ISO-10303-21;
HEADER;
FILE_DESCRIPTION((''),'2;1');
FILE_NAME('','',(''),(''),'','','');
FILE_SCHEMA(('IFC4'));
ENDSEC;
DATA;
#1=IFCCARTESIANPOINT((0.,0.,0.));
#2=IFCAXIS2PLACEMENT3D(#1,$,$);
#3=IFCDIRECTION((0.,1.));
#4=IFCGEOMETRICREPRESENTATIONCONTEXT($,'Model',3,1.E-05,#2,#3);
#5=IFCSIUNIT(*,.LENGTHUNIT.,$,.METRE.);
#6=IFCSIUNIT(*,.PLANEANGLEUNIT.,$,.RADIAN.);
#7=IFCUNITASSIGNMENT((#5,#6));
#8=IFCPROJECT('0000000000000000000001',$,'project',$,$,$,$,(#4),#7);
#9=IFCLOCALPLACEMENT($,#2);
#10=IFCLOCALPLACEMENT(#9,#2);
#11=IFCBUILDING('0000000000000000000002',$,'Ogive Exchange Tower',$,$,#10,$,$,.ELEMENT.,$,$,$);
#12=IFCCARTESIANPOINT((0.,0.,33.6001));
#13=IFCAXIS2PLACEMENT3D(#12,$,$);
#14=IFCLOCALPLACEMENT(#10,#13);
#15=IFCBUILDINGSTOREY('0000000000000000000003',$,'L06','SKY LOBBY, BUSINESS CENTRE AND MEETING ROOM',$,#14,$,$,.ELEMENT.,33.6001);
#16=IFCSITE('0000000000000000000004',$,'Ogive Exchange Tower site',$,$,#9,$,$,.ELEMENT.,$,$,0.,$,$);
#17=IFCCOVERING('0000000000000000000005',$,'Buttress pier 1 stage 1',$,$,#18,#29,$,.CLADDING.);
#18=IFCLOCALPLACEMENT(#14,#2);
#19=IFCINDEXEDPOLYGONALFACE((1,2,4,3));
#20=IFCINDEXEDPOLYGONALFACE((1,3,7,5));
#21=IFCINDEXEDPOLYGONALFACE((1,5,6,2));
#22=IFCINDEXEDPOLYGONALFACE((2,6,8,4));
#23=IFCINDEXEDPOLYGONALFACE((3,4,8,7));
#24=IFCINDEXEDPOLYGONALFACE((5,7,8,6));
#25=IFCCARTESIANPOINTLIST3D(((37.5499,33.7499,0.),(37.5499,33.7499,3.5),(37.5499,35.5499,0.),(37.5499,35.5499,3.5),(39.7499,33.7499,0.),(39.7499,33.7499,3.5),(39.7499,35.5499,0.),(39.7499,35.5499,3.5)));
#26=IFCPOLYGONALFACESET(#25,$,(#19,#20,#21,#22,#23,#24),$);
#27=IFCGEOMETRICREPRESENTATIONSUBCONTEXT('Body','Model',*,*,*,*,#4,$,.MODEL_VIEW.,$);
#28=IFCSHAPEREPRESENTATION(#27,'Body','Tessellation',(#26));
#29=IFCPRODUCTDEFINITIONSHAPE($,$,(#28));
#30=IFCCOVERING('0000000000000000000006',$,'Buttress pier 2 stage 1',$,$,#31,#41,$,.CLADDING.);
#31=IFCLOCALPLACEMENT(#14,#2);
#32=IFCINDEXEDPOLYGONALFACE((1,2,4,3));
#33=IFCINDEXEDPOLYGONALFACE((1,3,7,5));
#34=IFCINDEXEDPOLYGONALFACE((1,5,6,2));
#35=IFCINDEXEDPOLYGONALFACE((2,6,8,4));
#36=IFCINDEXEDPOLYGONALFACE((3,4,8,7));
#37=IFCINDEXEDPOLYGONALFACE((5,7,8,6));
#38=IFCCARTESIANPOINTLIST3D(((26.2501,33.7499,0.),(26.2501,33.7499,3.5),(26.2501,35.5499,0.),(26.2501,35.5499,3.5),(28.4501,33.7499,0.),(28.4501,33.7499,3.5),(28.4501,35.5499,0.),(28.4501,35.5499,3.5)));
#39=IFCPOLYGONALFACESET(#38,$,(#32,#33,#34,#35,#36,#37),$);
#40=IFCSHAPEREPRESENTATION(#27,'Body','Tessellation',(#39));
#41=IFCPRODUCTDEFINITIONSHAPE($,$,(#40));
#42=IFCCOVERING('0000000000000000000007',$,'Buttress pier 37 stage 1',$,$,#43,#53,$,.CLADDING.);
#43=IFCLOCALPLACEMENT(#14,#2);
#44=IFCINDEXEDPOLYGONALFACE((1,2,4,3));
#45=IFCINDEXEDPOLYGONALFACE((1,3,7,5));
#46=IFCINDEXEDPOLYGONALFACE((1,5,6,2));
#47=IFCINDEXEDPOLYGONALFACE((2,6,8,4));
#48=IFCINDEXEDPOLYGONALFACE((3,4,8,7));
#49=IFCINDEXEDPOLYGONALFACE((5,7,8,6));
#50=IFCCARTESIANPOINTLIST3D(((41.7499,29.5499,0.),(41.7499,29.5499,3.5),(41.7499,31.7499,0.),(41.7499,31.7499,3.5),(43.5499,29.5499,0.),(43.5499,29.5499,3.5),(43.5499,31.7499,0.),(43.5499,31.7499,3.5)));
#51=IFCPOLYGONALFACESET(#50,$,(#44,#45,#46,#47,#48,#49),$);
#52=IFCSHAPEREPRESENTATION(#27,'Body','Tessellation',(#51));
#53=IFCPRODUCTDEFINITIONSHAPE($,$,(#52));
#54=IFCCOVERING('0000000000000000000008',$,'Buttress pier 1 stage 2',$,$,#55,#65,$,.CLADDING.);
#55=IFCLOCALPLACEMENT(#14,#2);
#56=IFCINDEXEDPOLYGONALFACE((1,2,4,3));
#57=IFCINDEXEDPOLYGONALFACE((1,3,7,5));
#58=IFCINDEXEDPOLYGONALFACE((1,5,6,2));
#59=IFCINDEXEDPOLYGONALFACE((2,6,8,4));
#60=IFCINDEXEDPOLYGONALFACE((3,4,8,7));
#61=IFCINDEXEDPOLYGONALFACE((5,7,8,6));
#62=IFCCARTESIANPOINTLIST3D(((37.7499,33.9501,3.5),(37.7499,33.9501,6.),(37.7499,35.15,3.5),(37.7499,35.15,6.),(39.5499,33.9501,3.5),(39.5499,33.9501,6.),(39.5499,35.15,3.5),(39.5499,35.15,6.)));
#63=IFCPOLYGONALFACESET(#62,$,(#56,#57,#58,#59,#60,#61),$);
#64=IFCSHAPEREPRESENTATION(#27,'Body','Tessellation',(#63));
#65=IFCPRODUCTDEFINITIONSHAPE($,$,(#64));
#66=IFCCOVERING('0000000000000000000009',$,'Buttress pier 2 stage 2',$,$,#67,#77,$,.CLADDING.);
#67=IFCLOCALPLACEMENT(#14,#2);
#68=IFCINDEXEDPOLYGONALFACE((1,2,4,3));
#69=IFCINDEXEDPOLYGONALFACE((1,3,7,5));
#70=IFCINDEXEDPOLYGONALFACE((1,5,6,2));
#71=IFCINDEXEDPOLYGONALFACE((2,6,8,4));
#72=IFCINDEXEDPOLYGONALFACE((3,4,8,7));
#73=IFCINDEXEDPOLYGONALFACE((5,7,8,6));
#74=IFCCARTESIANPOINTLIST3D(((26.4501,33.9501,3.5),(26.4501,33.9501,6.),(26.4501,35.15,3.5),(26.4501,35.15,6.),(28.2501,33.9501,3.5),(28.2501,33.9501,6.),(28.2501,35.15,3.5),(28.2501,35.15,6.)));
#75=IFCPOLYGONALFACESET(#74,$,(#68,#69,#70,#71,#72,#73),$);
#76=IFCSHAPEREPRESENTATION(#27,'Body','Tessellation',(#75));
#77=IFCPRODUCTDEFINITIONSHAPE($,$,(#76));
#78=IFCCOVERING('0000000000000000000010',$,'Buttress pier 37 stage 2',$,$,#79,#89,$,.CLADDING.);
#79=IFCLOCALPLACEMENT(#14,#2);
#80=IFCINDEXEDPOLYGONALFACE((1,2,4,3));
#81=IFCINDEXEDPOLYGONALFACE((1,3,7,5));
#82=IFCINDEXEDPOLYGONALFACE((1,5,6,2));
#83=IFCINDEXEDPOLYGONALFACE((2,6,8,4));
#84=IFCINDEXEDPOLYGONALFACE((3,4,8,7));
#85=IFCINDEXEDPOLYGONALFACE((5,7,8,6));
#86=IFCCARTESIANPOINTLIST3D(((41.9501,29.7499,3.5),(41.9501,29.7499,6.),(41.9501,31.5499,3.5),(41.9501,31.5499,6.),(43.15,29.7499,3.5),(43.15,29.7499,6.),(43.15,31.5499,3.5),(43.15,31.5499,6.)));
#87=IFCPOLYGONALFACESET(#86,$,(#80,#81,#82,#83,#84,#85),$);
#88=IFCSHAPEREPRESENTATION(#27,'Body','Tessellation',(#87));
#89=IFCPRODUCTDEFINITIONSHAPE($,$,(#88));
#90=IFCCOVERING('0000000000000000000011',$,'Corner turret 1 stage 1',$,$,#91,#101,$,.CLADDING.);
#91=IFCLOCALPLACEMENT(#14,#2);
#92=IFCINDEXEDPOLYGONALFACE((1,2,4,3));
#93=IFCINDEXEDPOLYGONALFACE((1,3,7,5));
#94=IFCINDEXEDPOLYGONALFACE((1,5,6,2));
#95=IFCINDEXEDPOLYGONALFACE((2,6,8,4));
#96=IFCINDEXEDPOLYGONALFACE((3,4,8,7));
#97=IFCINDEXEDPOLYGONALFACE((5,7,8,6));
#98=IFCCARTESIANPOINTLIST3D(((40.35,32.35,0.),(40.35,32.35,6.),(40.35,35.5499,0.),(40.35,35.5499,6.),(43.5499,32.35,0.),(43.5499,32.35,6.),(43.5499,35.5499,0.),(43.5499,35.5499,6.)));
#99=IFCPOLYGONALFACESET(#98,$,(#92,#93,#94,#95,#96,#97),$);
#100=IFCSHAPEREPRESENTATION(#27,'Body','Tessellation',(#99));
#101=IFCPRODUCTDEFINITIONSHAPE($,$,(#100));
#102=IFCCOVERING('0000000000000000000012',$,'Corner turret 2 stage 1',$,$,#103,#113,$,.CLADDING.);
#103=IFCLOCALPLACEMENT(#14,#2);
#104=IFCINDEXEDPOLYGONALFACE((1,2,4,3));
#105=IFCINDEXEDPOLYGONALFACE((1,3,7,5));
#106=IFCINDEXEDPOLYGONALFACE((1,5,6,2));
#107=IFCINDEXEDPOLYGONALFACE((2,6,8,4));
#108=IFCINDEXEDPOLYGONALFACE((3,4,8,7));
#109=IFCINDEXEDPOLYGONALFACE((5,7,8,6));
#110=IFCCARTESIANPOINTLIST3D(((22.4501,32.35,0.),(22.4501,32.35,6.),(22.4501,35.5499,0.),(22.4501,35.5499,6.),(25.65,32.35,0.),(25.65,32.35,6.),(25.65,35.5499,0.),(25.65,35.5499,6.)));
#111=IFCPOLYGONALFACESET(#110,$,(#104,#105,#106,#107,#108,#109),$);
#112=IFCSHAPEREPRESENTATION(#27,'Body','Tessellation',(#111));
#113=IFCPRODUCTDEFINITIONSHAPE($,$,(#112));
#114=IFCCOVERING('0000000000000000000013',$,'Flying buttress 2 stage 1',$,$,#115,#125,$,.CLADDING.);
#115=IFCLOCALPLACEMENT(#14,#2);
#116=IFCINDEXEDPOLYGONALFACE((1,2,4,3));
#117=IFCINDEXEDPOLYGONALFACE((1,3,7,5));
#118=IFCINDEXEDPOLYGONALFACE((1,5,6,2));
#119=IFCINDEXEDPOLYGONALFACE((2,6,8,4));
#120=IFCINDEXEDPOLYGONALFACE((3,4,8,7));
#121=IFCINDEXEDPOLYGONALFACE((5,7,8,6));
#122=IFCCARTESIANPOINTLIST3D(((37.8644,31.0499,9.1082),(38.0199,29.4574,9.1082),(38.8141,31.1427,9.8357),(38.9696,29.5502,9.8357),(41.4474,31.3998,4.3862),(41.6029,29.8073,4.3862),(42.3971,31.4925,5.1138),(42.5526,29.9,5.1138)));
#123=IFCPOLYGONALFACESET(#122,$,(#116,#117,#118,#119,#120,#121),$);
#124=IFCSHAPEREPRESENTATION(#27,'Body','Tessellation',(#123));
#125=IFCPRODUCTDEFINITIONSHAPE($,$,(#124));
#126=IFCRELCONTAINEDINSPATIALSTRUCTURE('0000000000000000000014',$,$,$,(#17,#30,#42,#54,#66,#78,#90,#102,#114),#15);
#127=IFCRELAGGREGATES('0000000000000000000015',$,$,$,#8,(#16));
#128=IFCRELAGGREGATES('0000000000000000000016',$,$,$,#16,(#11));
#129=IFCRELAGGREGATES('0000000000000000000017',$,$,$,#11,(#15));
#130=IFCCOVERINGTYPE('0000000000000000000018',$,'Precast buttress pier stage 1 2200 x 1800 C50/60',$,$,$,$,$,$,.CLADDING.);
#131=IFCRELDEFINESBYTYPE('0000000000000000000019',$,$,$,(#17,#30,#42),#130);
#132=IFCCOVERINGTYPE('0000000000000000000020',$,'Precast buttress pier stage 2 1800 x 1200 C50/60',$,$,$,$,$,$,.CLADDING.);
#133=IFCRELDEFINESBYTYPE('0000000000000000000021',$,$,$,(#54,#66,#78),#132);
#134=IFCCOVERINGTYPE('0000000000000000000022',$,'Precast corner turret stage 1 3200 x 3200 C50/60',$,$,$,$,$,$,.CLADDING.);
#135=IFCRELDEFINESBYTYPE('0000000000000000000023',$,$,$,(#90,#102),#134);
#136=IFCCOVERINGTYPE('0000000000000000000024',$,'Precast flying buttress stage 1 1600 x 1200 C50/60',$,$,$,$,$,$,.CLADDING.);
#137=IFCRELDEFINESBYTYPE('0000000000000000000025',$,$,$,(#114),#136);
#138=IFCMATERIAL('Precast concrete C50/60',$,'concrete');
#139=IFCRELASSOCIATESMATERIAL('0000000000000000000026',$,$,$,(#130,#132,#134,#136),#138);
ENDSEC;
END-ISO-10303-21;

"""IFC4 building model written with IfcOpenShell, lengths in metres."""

from ifc_helpers import new_model, si_unit, direction, frame, origin, origin_2d, place, context, subcontext, project, spatial, rectangle, extrude, material, material_profile, profile_set, type_object, element, save


model = new_model("IFC4")

# Units and contexts
model_context = context("Model", 3, precision=1e-05, world=origin(), true_north=direction((0.0, 1.0)))
body_context = subcontext(model_context, "Body", "Model", "MODEL_VIEW")
ifc_project = project(units=[si_unit("LENGTHUNIT", "METRE"), si_unit("PLANEANGLEUNIT", "RADIAN")], contexts=[model_context])

# Site, building, storey
site_placement = place(None, origin())
site = spatial("IfcSite", under=ifc_project, at=site_placement, Name="Ogive Exchange Tower site", CompositionType="ELEMENT", RefElevation=0.0)
building_placement = place(site_placement, origin())
building = spatial("IfcBuilding", under=site, at=building_placement, Name="Ogive Exchange Tower", CompositionType="ELEMENT")
storey_placement = place(building_placement, frame((0.0, 0.0, 33.6001)))
storey = spatial("IfcBuildingStorey", under=building, at=storey_placement, Name="L06", Description="SKY LOBBY, BUSINESS CENTRE AND MEETING ROOM", CompositionType="ELEMENT", Elevation=33.6001)

# Coverings
ifc_material_1 = material(Name="Precast concrete C50/60", Category="concrete")
ifc_material_profile_1 = material_profile(ifc_material_1, rectangle(XDim=2.2, YDim=1.8, at=origin_2d()), Name="BUTTRESS PIER 1 2200 x 1800")
ifc_profile_set_1 = profile_set([ifc_material_profile_1], Name="Precast concrete C50/60")
covering_type_1 = type_object("IfcCoveringType", Name="Precast buttress pier stage 1 2200 x 1800 C50/60", PredefinedType="CLADDING", material=ifc_profile_set_1)
for number, where, z_axis, x_axis, name in (
    (1, (38.6499, 34.6499, 0.0), (0.0, 0.0, 1.0), (1.0, 0.0, 0.0), "Buttress pier 1 stage 1"),
    (2, (27.3501, 34.6499, 0.0), (0.0, 0.0, 1.0), (1.0, 0.0, 0.0), "Buttress pier 2 stage 1"),
    (3, (42.6499, 30.6499, 0.0), (0.0, 0.0, 1.0), (0.0, 1.0, 0.0), "Buttress pier 37 stage 1"),
):
    element("IfcCovering", number, at=place(storey_placement, frame(where, z_axis=z_axis, x_axis=x_axis)), inside=storey, type_object=covering_type_1, Name=name, PredefinedType="CLADDING", context=body_context, shape_type="SweptSolid", body=[
        extrude(rectangle(XDim=2.2, YDim=1.8, at=origin_2d()), origin(), (0.0, 0.0, 1.0), 3.5),
    ])
ifc_material_profile_2 = material_profile(ifc_material_1, rectangle(XDim=1.8, YDim=1.2, at=origin_2d()), Name="BUTTRESS PIER 2 1800 x 1200")
ifc_profile_set_2 = profile_set([ifc_material_profile_2], Name="Precast concrete C50/60")
covering_type_2 = type_object("IfcCoveringType", Name="Precast buttress pier stage 2 1800 x 1200 C50/60", PredefinedType="CLADDING", material=ifc_profile_set_2)
for number, where, z_axis, x_axis, name in (
    (4, (38.6499, 34.55, 3.5), (0.0, 0.0, 1.0), (1.0, 0.0, 0.0), "Buttress pier 1 stage 2"),
    (5, (27.3501, 34.55, 3.5), (0.0, 0.0, 1.0), (1.0, 0.0, 0.0), "Buttress pier 2 stage 2"),
    (6, (42.55, 30.6499, 3.5), (0.0, 0.0, 1.0), (0.0, 1.0, 0.0), "Buttress pier 37 stage 2"),
):
    element("IfcCovering", number, at=place(storey_placement, frame(where, z_axis=z_axis, x_axis=x_axis)), inside=storey, type_object=covering_type_2, Name=name, PredefinedType="CLADDING", context=body_context, shape_type="SweptSolid", body=[
        extrude(rectangle(XDim=1.8, YDim=1.2, at=origin_2d()), origin(), (0.0, 0.0, 1.0), 2.5),
    ])
ifc_material_profile_3 = material_profile(ifc_material_1, rectangle(XDim=3.2, YDim=3.2, at=origin_2d()), Name="CORNER TURRET 1 3200 x 3200")
ifc_profile_set_3 = profile_set([ifc_material_profile_3], Name="Precast concrete C50/60")
covering_type_3 = type_object("IfcCoveringType", Name="Precast corner turret stage 1 3200 x 3200 C50/60", PredefinedType="CLADDING", material=ifc_profile_set_3)
for number, where, z_axis, x_axis, name in (
    (7, (41.95, 33.95, 0.0), (0.0, 0.0, 1.0), (1.0, 0.0, 0.0), "Corner turret 1 stage 1"),
    (8, (24.05, 33.95, 0.0), (0.0, 0.0, 1.0), (1.0, 0.0, 0.0), "Corner turret 2 stage 1"),
):
    element("IfcCovering", number, at=place(storey_placement, frame(where, z_axis=z_axis, x_axis=x_axis)), inside=storey, type_object=covering_type_3, Name=name, PredefinedType="CLADDING", context=body_context, shape_type="SweptSolid", body=[
        extrude(rectangle(XDim=3.2, YDim=3.2, at=origin_2d()), origin(), (0.0, 0.0, 1.0), 6.0),
    ])
ifc_material_profile_4 = material_profile(ifc_material_1, rectangle(XDim=1.6001, YDim=1.2, at=origin_2d()), Name="FLYING BUTTRESS 1 1600 x 1200")
ifc_profile_set_4 = profile_set([ifc_material_profile_4], Name="Precast concrete C50/60")
covering_type_4 = type_object("IfcCoveringType", Name="Precast flying buttress stage 1 1600 x 1200 C50/60", PredefinedType="CLADDING", material=ifc_profile_set_4)
covering_placement = place(storey_placement, frame((42.0, 30.6499, 4.75), z_axis=(-0.603428, -0.05892, 0.795238), x_axis=(0.09718, -0.995267, 0.0)))
element("IfcCovering", 9, at=covering_placement, inside=storey, type_object=covering_type_4, Name="Flying buttress 2 stage 1", PredefinedType="CLADDING", context=body_context, shape_type="SweptSolid", body=[
    extrude(rectangle(XDim=1.6001, YDim=1.2, at=origin_2d()), origin(), (0.0, 0.0, 1.0), 5.9377),
])

save(model, "model.ifc")
